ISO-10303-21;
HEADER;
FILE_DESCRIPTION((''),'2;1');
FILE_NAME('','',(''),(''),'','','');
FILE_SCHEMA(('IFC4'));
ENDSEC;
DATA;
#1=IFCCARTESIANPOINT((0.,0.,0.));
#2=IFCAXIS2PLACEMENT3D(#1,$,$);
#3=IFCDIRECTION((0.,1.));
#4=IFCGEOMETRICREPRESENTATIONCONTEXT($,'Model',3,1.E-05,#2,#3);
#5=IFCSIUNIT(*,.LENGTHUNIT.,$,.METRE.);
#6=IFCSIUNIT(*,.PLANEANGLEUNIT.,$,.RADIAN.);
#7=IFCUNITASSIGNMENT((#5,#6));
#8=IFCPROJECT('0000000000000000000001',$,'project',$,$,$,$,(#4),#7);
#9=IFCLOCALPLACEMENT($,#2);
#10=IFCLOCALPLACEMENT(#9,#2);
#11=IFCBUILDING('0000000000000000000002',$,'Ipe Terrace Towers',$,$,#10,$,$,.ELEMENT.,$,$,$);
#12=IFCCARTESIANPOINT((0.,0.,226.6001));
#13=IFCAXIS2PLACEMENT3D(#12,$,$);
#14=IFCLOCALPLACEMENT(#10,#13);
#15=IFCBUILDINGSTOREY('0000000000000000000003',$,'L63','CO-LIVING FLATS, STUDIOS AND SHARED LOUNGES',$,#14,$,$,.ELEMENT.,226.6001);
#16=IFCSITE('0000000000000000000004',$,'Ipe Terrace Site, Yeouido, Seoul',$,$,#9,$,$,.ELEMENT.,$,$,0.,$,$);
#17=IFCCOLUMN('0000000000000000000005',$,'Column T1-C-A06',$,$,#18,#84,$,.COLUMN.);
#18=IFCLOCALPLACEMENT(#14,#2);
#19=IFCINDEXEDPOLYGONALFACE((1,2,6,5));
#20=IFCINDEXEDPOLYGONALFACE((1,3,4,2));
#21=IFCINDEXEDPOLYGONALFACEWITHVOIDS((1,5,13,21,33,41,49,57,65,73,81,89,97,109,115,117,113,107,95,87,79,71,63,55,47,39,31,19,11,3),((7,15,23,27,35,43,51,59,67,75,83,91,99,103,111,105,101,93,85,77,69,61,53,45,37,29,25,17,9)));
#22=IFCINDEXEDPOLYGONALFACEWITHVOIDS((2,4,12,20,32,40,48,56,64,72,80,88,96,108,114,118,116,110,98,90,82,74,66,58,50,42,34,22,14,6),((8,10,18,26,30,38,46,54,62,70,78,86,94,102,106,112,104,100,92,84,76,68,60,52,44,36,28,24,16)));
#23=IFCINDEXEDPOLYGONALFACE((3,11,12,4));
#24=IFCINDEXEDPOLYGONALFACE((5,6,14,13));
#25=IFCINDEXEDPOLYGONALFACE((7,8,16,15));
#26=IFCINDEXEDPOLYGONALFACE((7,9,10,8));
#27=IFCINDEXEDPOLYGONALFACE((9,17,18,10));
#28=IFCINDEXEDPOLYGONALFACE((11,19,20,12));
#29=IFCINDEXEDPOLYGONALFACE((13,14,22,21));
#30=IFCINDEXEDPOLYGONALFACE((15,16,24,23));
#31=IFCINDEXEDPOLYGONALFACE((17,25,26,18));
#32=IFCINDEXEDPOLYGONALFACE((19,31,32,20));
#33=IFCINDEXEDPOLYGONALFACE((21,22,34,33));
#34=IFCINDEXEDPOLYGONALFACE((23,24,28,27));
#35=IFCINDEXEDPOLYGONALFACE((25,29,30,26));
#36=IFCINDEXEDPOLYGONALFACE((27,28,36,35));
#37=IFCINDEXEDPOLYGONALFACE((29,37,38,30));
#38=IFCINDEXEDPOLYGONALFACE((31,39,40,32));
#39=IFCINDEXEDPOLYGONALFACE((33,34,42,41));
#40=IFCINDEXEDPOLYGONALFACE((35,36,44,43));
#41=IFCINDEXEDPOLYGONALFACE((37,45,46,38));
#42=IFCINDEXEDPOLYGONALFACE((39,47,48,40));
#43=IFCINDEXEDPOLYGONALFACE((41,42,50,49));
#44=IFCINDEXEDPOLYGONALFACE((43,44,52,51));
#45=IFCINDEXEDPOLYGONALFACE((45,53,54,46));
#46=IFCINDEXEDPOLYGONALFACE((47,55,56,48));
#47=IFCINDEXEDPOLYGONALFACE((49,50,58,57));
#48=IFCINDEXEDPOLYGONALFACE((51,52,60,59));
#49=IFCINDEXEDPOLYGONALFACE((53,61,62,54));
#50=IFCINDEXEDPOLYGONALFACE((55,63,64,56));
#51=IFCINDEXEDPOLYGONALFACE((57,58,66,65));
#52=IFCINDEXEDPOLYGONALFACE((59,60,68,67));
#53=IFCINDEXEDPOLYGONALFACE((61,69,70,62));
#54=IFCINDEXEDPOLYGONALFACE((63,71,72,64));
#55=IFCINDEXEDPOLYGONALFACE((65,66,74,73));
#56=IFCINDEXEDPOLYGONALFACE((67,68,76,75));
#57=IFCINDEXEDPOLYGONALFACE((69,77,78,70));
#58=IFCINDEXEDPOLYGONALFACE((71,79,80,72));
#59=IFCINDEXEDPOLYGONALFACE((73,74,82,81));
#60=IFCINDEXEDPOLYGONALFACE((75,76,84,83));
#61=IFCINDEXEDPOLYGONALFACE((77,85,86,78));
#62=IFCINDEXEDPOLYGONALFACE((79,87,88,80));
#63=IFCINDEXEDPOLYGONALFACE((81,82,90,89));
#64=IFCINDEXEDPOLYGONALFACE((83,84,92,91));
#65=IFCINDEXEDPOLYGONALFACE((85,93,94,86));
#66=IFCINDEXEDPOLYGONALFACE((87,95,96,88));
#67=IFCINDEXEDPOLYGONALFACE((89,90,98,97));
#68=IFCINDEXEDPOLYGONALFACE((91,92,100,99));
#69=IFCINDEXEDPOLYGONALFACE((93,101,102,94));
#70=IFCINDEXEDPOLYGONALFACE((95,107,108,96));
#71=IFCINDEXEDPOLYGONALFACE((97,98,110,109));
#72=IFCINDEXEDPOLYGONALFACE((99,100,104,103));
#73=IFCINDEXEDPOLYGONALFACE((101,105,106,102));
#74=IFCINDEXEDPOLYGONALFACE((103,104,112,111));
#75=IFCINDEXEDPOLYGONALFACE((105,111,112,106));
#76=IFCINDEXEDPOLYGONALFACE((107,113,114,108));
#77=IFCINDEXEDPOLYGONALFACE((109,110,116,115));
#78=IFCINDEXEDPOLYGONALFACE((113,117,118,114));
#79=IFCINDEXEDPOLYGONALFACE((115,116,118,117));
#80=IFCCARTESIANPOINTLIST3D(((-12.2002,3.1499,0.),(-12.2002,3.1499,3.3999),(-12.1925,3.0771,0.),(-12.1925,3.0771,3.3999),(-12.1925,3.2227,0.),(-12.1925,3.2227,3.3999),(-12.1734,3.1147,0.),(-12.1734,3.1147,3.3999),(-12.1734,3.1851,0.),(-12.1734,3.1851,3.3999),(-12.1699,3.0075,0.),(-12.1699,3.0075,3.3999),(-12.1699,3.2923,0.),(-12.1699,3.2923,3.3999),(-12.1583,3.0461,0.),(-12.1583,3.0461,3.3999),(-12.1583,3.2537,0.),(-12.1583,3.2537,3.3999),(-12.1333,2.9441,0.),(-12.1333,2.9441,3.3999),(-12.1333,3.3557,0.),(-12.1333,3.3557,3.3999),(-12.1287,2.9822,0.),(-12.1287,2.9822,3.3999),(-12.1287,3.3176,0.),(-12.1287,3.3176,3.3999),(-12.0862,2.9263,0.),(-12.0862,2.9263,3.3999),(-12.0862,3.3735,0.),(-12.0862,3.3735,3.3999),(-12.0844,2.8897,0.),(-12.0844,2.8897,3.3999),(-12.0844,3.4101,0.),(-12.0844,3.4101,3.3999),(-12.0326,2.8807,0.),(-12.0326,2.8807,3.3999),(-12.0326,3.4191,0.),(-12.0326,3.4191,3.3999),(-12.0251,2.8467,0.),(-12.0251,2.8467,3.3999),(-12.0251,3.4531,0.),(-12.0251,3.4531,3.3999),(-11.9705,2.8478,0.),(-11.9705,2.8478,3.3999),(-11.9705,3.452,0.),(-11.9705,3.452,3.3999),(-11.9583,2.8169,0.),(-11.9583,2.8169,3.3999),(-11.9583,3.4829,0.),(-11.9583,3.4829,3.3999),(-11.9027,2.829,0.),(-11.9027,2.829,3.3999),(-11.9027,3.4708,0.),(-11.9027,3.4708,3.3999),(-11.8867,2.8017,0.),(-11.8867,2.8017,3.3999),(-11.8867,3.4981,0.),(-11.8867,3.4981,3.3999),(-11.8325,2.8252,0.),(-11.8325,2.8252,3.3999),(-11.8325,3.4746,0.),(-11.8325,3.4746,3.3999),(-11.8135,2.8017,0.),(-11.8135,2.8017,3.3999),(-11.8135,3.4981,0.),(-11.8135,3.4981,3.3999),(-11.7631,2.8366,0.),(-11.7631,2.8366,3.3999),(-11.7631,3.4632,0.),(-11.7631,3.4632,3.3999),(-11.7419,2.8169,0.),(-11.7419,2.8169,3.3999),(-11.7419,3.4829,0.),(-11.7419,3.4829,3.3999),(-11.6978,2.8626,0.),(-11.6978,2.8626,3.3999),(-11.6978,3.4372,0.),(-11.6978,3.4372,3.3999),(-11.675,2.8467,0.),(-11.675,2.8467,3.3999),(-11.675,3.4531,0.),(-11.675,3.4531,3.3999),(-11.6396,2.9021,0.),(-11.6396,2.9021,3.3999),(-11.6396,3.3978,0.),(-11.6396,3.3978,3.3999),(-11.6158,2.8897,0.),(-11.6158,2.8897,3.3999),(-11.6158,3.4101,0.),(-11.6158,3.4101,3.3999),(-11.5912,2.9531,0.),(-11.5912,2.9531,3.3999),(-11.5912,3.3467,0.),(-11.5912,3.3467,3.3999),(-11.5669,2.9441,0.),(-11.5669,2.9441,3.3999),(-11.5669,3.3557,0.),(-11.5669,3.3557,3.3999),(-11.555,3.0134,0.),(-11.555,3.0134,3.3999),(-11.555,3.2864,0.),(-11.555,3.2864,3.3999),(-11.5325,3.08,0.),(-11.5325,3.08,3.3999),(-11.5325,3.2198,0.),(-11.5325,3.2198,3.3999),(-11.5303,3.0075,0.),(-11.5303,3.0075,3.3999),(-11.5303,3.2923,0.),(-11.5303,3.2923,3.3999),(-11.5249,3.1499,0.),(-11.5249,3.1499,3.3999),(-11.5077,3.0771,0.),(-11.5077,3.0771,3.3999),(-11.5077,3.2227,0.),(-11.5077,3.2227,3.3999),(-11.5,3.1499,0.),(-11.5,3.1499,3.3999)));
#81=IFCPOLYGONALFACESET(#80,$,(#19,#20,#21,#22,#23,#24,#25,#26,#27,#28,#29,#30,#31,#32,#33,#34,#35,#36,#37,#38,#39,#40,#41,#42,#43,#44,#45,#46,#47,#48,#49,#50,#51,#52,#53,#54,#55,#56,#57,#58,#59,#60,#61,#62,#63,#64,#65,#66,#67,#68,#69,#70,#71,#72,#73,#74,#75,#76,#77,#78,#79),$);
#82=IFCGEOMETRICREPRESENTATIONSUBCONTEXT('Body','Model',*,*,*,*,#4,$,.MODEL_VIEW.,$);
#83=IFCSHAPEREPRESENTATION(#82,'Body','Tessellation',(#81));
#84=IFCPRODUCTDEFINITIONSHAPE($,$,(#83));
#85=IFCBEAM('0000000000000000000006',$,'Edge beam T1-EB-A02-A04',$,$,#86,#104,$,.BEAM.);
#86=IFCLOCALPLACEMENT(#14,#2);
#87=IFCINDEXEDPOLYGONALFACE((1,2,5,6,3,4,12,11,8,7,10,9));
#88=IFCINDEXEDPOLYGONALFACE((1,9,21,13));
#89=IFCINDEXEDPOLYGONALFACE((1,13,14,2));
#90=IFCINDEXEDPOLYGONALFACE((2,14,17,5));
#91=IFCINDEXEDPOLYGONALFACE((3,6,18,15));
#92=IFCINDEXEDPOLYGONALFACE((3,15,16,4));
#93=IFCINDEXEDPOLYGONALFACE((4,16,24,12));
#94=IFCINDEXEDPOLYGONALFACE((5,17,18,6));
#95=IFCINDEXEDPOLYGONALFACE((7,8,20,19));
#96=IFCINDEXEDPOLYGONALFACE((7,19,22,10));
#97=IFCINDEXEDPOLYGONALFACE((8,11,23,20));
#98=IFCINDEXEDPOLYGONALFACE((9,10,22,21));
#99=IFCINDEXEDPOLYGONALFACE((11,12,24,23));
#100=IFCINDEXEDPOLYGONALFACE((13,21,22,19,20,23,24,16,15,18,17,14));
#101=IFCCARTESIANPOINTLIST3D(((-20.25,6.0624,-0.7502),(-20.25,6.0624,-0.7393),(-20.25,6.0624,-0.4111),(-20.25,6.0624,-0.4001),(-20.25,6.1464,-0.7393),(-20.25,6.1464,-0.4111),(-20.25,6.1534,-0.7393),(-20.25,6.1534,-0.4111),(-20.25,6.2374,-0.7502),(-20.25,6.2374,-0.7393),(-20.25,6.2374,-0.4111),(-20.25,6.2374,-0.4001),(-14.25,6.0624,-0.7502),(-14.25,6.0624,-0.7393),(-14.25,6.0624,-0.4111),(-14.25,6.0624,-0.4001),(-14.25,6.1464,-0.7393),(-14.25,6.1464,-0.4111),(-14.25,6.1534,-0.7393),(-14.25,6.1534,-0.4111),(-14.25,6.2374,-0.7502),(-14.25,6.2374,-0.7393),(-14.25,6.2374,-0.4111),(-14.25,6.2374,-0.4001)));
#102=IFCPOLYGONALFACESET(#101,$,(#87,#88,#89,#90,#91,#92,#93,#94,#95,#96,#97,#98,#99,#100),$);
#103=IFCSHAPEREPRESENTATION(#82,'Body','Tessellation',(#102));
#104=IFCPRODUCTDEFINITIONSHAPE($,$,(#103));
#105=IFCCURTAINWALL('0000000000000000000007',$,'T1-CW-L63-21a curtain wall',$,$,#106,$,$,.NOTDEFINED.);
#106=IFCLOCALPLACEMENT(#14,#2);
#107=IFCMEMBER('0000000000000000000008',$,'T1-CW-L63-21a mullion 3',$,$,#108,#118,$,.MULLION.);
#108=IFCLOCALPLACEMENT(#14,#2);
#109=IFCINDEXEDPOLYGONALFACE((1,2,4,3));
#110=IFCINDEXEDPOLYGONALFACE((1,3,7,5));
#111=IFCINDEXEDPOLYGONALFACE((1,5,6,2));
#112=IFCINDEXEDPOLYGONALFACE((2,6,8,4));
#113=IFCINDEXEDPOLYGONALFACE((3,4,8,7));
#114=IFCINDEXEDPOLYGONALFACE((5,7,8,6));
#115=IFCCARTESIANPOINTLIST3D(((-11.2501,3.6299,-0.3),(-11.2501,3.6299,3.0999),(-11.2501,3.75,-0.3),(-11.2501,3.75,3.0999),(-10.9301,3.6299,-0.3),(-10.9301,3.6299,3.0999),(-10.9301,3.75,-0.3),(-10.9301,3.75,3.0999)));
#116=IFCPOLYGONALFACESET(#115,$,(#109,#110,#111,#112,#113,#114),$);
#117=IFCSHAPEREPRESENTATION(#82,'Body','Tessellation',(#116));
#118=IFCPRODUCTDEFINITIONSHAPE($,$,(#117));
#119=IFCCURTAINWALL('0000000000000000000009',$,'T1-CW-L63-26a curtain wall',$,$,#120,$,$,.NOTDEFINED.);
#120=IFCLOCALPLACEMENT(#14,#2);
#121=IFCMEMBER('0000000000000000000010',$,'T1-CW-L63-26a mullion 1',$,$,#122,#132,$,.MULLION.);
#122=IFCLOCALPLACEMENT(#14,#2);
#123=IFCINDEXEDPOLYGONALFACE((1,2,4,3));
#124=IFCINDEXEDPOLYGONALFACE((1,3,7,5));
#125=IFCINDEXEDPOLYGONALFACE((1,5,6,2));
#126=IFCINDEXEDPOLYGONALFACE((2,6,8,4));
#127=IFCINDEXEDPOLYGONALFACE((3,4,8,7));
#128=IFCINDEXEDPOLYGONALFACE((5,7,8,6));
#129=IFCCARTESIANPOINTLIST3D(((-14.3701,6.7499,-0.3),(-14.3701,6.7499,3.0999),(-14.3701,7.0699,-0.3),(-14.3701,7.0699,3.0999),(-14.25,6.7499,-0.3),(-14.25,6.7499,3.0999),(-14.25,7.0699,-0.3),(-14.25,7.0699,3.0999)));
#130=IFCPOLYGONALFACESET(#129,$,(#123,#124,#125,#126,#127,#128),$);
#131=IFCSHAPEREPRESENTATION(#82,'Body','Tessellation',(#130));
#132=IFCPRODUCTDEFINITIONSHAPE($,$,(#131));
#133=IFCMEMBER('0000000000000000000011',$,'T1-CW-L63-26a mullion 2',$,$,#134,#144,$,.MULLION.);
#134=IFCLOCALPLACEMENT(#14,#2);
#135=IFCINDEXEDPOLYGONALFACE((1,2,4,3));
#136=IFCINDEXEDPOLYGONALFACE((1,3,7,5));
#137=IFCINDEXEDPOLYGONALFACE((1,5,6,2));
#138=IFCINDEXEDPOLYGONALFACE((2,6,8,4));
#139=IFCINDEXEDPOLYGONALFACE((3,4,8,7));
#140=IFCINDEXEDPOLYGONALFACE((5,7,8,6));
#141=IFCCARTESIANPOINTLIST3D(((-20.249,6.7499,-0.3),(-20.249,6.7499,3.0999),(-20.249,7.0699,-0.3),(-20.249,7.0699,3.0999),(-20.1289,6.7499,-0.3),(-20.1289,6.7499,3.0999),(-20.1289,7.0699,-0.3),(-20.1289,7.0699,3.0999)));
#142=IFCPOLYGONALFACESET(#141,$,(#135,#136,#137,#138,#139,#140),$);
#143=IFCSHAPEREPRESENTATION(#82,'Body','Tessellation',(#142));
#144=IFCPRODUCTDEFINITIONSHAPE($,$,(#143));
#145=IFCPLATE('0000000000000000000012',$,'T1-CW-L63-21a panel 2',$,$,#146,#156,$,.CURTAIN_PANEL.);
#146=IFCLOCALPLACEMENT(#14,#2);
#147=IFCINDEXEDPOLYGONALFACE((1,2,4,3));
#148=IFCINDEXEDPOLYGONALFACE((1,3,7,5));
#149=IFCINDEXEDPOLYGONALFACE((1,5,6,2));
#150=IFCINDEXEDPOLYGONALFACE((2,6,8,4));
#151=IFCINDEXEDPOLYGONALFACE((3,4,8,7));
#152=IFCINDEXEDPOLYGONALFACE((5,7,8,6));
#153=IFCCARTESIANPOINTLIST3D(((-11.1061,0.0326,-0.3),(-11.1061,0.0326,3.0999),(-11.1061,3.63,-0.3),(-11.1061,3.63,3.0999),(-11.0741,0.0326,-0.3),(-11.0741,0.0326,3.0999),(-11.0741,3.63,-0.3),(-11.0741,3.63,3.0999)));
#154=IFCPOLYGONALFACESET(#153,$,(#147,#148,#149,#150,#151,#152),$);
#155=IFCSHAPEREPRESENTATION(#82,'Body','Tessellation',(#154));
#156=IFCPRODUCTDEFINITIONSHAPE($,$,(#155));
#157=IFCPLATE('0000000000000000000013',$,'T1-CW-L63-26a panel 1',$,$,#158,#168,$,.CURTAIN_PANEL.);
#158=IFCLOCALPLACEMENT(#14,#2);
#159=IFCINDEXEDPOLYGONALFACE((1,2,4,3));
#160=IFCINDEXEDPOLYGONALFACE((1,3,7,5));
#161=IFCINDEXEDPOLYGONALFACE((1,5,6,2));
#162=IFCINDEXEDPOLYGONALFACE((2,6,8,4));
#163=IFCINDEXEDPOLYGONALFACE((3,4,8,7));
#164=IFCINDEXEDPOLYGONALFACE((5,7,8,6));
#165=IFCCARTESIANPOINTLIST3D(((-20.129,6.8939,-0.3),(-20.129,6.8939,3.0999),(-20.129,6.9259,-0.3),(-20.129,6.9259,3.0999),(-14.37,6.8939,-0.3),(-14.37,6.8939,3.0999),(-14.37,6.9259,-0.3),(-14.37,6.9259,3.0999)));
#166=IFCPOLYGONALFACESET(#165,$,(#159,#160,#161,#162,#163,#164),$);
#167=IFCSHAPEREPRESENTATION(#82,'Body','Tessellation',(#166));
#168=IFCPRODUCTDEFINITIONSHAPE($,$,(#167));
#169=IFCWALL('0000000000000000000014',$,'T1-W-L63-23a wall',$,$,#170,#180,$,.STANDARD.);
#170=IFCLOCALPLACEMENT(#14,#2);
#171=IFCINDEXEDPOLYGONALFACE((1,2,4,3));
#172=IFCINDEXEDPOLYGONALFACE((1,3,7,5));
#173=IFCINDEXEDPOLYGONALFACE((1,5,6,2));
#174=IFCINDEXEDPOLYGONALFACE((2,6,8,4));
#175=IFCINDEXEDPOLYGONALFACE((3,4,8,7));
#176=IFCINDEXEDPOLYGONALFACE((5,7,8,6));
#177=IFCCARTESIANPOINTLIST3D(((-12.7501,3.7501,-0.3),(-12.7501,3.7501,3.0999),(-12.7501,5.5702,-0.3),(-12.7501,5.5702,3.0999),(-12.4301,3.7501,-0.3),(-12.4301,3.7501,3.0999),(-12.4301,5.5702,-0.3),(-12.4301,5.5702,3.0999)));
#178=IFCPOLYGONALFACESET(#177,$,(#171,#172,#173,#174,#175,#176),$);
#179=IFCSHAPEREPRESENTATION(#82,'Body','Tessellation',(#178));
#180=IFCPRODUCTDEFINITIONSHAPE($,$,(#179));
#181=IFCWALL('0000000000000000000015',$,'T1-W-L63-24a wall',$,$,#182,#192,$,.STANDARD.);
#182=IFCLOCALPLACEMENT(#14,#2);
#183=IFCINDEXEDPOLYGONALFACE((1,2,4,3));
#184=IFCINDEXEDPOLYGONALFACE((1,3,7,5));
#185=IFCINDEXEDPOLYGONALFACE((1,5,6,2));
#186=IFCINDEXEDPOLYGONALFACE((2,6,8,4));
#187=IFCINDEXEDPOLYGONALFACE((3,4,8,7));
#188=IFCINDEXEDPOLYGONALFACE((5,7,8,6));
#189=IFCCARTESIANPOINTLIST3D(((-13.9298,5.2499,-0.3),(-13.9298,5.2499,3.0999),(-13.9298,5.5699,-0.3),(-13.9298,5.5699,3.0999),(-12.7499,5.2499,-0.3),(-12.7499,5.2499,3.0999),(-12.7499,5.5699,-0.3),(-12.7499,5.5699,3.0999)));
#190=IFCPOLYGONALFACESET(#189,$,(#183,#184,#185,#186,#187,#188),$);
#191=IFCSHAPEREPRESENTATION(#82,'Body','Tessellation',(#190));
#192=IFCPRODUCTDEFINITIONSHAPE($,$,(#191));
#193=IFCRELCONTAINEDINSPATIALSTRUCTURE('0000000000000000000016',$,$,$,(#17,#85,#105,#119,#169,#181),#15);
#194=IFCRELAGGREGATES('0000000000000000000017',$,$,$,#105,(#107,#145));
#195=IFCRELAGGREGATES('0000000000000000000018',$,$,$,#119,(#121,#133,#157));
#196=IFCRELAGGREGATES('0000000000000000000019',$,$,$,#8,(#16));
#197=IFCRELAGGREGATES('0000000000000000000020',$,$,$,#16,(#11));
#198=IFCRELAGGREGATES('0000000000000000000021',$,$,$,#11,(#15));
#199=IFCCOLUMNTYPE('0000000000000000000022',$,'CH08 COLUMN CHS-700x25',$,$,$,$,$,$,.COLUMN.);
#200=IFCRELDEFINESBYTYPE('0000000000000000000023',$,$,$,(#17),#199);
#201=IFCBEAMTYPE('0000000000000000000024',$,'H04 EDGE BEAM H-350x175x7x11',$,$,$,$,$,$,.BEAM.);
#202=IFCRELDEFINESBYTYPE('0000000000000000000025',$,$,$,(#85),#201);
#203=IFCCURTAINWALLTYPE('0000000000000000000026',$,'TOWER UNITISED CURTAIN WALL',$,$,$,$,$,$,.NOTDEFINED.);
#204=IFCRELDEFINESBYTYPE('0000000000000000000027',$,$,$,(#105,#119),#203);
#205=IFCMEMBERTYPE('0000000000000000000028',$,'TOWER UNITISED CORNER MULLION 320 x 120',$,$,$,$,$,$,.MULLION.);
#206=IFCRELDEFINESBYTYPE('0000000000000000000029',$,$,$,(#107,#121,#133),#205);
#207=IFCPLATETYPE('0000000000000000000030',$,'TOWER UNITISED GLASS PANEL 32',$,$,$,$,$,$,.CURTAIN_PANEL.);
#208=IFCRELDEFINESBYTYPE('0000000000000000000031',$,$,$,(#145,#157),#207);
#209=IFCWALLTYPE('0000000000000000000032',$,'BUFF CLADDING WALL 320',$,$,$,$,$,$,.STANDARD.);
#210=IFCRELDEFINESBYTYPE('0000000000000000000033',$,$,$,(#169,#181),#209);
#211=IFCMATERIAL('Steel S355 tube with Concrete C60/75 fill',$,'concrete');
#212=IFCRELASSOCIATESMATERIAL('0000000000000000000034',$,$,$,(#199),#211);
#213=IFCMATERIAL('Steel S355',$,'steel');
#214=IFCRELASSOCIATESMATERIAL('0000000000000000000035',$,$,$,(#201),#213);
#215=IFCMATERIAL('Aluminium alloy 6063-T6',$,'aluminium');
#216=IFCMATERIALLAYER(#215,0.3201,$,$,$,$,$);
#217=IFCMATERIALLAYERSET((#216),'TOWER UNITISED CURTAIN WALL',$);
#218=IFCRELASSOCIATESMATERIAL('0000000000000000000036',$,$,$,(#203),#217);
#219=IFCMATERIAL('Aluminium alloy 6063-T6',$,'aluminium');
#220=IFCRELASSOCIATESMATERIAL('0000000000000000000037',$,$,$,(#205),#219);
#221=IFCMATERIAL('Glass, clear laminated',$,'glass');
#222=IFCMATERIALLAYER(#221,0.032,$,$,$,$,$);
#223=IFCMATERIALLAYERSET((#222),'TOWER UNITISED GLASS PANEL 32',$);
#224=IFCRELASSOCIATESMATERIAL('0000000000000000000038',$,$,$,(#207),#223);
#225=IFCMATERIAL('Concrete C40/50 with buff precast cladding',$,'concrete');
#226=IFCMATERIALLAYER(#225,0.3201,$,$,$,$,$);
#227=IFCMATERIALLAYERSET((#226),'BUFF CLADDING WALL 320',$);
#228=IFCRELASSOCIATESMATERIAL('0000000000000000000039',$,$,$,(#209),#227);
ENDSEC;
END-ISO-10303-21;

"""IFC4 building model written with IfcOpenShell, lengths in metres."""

from ifc_helpers import new_model, si_unit, direction, frame, frame_2d, origin, origin_2d, place, context, subcontext, project, spatial, rectangle, hollow_circle, i_section, extrude, material, layer, layer_set, material_profile, profile_set, type_object, element, aggregate, save


model = new_model("IFC4")

# Units and contexts
model_context = context("Model", 3, precision=1e-05, world=origin(), true_north=direction((0.0, 1.0)))
body_context = subcontext(model_context, "Body", "Model", "MODEL_VIEW")
ifc_project = project(units=[si_unit("LENGTHUNIT", "METRE"), si_unit("PLANEANGLEUNIT", "RADIAN")], contexts=[model_context])

# Site, building, storey
site_placement = place(None, origin())
site = spatial("IfcSite", under=ifc_project, at=site_placement, Name="Ipe Terrace Site, Yeouido, Seoul", CompositionType="ELEMENT", RefElevation=0.0)
building_placement = place(site_placement, origin())
building = spatial("IfcBuilding", under=site, at=building_placement, Name="Ipe Terrace Towers", CompositionType="ELEMENT")
storey_placement = place(building_placement, frame((0.0, 0.0, 226.6001)))
storey = spatial("IfcBuildingStorey", under=building, at=storey_placement, Name="L63", Description="CO-LIVING FLATS, STUDIOS AND SHARED LOUNGES", CompositionType="ELEMENT", Elevation=226.6001)

# Column
ifc_material_1 = material(Name="Steel S355 tube with Concrete C60/75 fill", Category="concrete")
ifc_material_profile_1 = material_profile(ifc_material_1, hollow_circle(Radius=0.3501, WallThickness=0.0249, at=origin_2d()), Name="CHS-700x25")
ifc_profile_set_1 = profile_set([ifc_material_profile_1], Name="Steel S355 tube with Concrete C60/75 fill")
column_type = type_object("IfcColumnType", Name="CH08 COLUMN CHS-700x25", PredefinedType="COLUMN", material=ifc_profile_set_1)
for number, where, z_axis, x_axis, name in (
    (1, (-11.8501, 3.1499, 0.0), (0.0, 0.0, 1.0), (1.0, 0.0, 0.0), "Column T1-C-A06"),
):
    element("IfcColumn", number, at=place(storey_placement, frame(where, z_axis=z_axis, x_axis=x_axis)), inside=storey, type_object=column_type, Name=name, PredefinedType="COLUMN", context=body_context, shape_type="SweptSolid", body=[
        extrude(hollow_circle(Radius=0.3501, WallThickness=0.0249, at=origin_2d()), origin(), (0.0, 0.0, 1.0), 3.3999),
    ])

# Beam
ifc_material_2 = material(Name="Steel S355", Category="steel")
ifc_material_profile_2 = material_profile(ifc_material_2, i_section(OverallWidth=0.175, OverallDepth=0.3501, WebThickness=0.0071, FlangeThickness=0.011, at=origin_2d()), Name="H-350x175x7x11")
ifc_profile_set_2 = profile_set([ifc_material_profile_2], Name="Steel S355")
beam_type = type_object("IfcBeamType", Name="H04 EDGE BEAM H-350x175x7x11", PredefinedType="BEAM", material=ifc_profile_set_2)
beam_placement = place(storey_placement, frame((-20.25, 6.1499, -0.5752), z_axis=(1.0, 0.0, 0.0), x_axis=(0.0, 1.0, 0.0)))
element("IfcBeam", 2, at=beam_placement, inside=storey, type_object=beam_type, Name="Edge beam T1-EB-A02-A04", PredefinedType="BEAM", context=body_context, shape_type="SweptSolid", body=[
    extrude(i_section(OverallWidth=0.175, OverallDepth=0.3501, WebThickness=0.0071, FlangeThickness=0.011, at=origin_2d()), origin(), (0.0, 0.0, 1.0), 6.0),
])

# Curtain wall, member
ifc_material_3 = material(Name="Aluminium alloy 6063-T6", Category="aluminium")
ifc_layer_1 = layer(ifc_material_3, 0.3201)
ifc_layer_set_1 = layer_set([ifc_layer_1], Name="TOWER UNITISED CURTAIN WALL")
curtain_wall_type = type_object("IfcCurtainWallType", Name="TOWER UNITISED CURTAIN WALL", PredefinedType="NOTDEFINED", material=ifc_layer_set_1)
curtain_wall_1_placement = place(storey_placement, origin())
curtain_wall_1 = element("IfcCurtainWall", 3, at=curtain_wall_1_placement, inside=storey, type_object=curtain_wall_type, Name="T1-CW-L63-21a curtain wall", PredefinedType="NOTDEFINED")
ifc_material_4 = material(Name="Aluminium alloy 6063-T6", Category="aluminium")
ifc_material_profile_3 = material_profile(ifc_material_4, rectangle(XDim=0.3201, YDim=0.1201, at=origin_2d()), Name="TOWER UNITISED CORNER MULLION 320 x 120")
ifc_profile_set_3 = profile_set([ifc_material_profile_3], Name="Aluminium alloy 6063-T6")
member_type = type_object("IfcMemberType", Name="TOWER UNITISED CORNER MULLION 320 x 120", PredefinedType="MULLION", material=ifc_profile_set_3)
member_1_placement = place(storey_placement, frame((-11.0901, 3.6899, -0.3), z_axis=(0.0, 0.0, 1.0), x_axis=(1.0, 0.0, 0.0)))
member_1 = element("IfcMember", 4, at=member_1_placement, type_object=member_type, Name="T1-CW-L63-21a mullion 3", PredefinedType="MULLION", context=body_context, shape_type="SweptSolid", body=[
    extrude(rectangle(XDim=0.3201, YDim=0.1201, at=origin_2d()), origin(), (0.0, 0.0, 1.0), 3.3999),
])

# Curtain wall, members
curtain_wall_2_placement = place(storey_placement, origin())
curtain_wall_2 = element("IfcCurtainWall", 5, at=curtain_wall_2_placement, inside=storey, type_object=curtain_wall_type, Name="T1-CW-L63-26a curtain wall", PredefinedType="NOTDEFINED")
member_2_placement = place(storey_placement, frame((-14.3101, 6.9099, -0.3), z_axis=(0.0, 0.0, 1.0), x_axis=(0.0, 1.0, 0.0)))
member_2 = element("IfcMember", 6, at=member_2_placement, type_object=member_type, Name="T1-CW-L63-26a mullion 1", PredefinedType="MULLION", context=body_context, shape_type="SweptSolid", body=[
    extrude(rectangle(XDim=0.3201, YDim=0.1201, at=origin_2d()), origin(), (0.0, 0.0, 1.0), 3.3999),
])
member_3_placement = place(storey_placement, frame((-20.189, 6.9099, -0.3), z_axis=(0.0, 0.0, 1.0), x_axis=(0.0, 1.0, 0.0)))
member_3 = element("IfcMember", 7, at=member_3_placement, type_object=member_type, Name="T1-CW-L63-26a mullion 2", PredefinedType="MULLION", context=body_context, shape_type="SweptSolid", body=[
    extrude(rectangle(XDim=0.3201, YDim=0.1201, at=origin_2d()), origin(), (0.0, 0.0, 1.0), 3.3999),
])

# Plates
ifc_material_5 = material(Name="Glass, clear laminated", Category="glass")
ifc_layer_2 = layer(ifc_material_5, 0.032)
ifc_layer_set_2 = layer_set([ifc_layer_2], Name="TOWER UNITISED GLASS PANEL 32")
plate_type = type_object("IfcPlateType", Name="TOWER UNITISED GLASS PANEL 32", PredefinedType="CURTAIN_PANEL", material=ifc_layer_set_2)
plate_1_placement = place(storey_placement, frame((-11.0901, 1.8313, -0.3), z_axis=(0.0, 0.0, 1.0), x_axis=(0.0, 1.0, 0.0)))
plate_1 = element("IfcPlate", 8, at=plate_1_placement, type_object=plate_type, Name="T1-CW-L63-21a panel 2", PredefinedType="CURTAIN_PANEL", context=body_context, shape_type="SweptSolid", body=[
    extrude(rectangle(XDim=3.5974, YDim=0.032, at=origin_2d()), origin(), (0.0, 0.0, 1.0), 3.3999),
])
aggregate(curtain_wall_1, [member_1, plate_1])
plate_2_placement = place(storey_placement, frame((-17.2495, 6.9099, -0.3), z_axis=(0.0, 0.0, 1.0), x_axis=(-1.0, 0.0, 0.0)))
plate_2 = element("IfcPlate", 9, at=plate_2_placement, type_object=plate_type, Name="T1-CW-L63-26a panel 1", PredefinedType="CURTAIN_PANEL", context=body_context, shape_type="SweptSolid", body=[
    extrude(rectangle(XDim=5.759, YDim=0.032, at=origin_2d()), origin(), (0.0, 0.0, 1.0), 3.3999),
])
aggregate(curtain_wall_2, [member_2, member_3, plate_2])

# Walls
ifc_material_6 = material(Name="Concrete C40/50 with buff precast cladding", Category="concrete")
ifc_layer_3 = layer(ifc_material_6, 0.3201)
ifc_layer_set_3 = layer_set([ifc_layer_3], Name="BUFF CLADDING WALL 320")
wall_type_1 = type_object("IfcWallType", Name="BUFF CLADDING WALL 320", PredefinedType="STANDARD", material=ifc_layer_set_3)
wall_1_placement = place(storey_placement, frame((-12.5901, 3.75, -0.3), z_axis=(0.0, 0.0, 1.0), x_axis=(0.0, 1.0, 0.0)))
element("IfcWall", 10, at=wall_1_placement, inside=storey, type_object=wall_type_1, Name="T1-W-L63-23a wall", PredefinedType="STANDARD", context=body_context, shape_type="SweptSolid", body=[
    extrude(rectangle(XDim=1.8201, YDim=0.3201, at=frame_2d((0.9102, 0.0))), origin(), (0.0, 0.0, 1.0), 3.3999),
])
wall_2_placement = place(storey_placement, frame((-12.75, 5.4099, -0.3), z_axis=(0.0, 0.0, 1.0), x_axis=(-1.0, 0.0, 0.0)))
element("IfcWall", 11, at=wall_2_placement, inside=storey, type_object=wall_type_1, Name="T1-W-L63-24a wall", PredefinedType="STANDARD", context=body_context, shape_type="SweptSolid", body=[
    extrude(rectangle(XDim=1.1799, YDim=0.3201, at=frame_2d((0.5898, 0.0))), origin(), (0.0, 0.0, 1.0), 3.3999),
])

save(model, "model.ifc")
